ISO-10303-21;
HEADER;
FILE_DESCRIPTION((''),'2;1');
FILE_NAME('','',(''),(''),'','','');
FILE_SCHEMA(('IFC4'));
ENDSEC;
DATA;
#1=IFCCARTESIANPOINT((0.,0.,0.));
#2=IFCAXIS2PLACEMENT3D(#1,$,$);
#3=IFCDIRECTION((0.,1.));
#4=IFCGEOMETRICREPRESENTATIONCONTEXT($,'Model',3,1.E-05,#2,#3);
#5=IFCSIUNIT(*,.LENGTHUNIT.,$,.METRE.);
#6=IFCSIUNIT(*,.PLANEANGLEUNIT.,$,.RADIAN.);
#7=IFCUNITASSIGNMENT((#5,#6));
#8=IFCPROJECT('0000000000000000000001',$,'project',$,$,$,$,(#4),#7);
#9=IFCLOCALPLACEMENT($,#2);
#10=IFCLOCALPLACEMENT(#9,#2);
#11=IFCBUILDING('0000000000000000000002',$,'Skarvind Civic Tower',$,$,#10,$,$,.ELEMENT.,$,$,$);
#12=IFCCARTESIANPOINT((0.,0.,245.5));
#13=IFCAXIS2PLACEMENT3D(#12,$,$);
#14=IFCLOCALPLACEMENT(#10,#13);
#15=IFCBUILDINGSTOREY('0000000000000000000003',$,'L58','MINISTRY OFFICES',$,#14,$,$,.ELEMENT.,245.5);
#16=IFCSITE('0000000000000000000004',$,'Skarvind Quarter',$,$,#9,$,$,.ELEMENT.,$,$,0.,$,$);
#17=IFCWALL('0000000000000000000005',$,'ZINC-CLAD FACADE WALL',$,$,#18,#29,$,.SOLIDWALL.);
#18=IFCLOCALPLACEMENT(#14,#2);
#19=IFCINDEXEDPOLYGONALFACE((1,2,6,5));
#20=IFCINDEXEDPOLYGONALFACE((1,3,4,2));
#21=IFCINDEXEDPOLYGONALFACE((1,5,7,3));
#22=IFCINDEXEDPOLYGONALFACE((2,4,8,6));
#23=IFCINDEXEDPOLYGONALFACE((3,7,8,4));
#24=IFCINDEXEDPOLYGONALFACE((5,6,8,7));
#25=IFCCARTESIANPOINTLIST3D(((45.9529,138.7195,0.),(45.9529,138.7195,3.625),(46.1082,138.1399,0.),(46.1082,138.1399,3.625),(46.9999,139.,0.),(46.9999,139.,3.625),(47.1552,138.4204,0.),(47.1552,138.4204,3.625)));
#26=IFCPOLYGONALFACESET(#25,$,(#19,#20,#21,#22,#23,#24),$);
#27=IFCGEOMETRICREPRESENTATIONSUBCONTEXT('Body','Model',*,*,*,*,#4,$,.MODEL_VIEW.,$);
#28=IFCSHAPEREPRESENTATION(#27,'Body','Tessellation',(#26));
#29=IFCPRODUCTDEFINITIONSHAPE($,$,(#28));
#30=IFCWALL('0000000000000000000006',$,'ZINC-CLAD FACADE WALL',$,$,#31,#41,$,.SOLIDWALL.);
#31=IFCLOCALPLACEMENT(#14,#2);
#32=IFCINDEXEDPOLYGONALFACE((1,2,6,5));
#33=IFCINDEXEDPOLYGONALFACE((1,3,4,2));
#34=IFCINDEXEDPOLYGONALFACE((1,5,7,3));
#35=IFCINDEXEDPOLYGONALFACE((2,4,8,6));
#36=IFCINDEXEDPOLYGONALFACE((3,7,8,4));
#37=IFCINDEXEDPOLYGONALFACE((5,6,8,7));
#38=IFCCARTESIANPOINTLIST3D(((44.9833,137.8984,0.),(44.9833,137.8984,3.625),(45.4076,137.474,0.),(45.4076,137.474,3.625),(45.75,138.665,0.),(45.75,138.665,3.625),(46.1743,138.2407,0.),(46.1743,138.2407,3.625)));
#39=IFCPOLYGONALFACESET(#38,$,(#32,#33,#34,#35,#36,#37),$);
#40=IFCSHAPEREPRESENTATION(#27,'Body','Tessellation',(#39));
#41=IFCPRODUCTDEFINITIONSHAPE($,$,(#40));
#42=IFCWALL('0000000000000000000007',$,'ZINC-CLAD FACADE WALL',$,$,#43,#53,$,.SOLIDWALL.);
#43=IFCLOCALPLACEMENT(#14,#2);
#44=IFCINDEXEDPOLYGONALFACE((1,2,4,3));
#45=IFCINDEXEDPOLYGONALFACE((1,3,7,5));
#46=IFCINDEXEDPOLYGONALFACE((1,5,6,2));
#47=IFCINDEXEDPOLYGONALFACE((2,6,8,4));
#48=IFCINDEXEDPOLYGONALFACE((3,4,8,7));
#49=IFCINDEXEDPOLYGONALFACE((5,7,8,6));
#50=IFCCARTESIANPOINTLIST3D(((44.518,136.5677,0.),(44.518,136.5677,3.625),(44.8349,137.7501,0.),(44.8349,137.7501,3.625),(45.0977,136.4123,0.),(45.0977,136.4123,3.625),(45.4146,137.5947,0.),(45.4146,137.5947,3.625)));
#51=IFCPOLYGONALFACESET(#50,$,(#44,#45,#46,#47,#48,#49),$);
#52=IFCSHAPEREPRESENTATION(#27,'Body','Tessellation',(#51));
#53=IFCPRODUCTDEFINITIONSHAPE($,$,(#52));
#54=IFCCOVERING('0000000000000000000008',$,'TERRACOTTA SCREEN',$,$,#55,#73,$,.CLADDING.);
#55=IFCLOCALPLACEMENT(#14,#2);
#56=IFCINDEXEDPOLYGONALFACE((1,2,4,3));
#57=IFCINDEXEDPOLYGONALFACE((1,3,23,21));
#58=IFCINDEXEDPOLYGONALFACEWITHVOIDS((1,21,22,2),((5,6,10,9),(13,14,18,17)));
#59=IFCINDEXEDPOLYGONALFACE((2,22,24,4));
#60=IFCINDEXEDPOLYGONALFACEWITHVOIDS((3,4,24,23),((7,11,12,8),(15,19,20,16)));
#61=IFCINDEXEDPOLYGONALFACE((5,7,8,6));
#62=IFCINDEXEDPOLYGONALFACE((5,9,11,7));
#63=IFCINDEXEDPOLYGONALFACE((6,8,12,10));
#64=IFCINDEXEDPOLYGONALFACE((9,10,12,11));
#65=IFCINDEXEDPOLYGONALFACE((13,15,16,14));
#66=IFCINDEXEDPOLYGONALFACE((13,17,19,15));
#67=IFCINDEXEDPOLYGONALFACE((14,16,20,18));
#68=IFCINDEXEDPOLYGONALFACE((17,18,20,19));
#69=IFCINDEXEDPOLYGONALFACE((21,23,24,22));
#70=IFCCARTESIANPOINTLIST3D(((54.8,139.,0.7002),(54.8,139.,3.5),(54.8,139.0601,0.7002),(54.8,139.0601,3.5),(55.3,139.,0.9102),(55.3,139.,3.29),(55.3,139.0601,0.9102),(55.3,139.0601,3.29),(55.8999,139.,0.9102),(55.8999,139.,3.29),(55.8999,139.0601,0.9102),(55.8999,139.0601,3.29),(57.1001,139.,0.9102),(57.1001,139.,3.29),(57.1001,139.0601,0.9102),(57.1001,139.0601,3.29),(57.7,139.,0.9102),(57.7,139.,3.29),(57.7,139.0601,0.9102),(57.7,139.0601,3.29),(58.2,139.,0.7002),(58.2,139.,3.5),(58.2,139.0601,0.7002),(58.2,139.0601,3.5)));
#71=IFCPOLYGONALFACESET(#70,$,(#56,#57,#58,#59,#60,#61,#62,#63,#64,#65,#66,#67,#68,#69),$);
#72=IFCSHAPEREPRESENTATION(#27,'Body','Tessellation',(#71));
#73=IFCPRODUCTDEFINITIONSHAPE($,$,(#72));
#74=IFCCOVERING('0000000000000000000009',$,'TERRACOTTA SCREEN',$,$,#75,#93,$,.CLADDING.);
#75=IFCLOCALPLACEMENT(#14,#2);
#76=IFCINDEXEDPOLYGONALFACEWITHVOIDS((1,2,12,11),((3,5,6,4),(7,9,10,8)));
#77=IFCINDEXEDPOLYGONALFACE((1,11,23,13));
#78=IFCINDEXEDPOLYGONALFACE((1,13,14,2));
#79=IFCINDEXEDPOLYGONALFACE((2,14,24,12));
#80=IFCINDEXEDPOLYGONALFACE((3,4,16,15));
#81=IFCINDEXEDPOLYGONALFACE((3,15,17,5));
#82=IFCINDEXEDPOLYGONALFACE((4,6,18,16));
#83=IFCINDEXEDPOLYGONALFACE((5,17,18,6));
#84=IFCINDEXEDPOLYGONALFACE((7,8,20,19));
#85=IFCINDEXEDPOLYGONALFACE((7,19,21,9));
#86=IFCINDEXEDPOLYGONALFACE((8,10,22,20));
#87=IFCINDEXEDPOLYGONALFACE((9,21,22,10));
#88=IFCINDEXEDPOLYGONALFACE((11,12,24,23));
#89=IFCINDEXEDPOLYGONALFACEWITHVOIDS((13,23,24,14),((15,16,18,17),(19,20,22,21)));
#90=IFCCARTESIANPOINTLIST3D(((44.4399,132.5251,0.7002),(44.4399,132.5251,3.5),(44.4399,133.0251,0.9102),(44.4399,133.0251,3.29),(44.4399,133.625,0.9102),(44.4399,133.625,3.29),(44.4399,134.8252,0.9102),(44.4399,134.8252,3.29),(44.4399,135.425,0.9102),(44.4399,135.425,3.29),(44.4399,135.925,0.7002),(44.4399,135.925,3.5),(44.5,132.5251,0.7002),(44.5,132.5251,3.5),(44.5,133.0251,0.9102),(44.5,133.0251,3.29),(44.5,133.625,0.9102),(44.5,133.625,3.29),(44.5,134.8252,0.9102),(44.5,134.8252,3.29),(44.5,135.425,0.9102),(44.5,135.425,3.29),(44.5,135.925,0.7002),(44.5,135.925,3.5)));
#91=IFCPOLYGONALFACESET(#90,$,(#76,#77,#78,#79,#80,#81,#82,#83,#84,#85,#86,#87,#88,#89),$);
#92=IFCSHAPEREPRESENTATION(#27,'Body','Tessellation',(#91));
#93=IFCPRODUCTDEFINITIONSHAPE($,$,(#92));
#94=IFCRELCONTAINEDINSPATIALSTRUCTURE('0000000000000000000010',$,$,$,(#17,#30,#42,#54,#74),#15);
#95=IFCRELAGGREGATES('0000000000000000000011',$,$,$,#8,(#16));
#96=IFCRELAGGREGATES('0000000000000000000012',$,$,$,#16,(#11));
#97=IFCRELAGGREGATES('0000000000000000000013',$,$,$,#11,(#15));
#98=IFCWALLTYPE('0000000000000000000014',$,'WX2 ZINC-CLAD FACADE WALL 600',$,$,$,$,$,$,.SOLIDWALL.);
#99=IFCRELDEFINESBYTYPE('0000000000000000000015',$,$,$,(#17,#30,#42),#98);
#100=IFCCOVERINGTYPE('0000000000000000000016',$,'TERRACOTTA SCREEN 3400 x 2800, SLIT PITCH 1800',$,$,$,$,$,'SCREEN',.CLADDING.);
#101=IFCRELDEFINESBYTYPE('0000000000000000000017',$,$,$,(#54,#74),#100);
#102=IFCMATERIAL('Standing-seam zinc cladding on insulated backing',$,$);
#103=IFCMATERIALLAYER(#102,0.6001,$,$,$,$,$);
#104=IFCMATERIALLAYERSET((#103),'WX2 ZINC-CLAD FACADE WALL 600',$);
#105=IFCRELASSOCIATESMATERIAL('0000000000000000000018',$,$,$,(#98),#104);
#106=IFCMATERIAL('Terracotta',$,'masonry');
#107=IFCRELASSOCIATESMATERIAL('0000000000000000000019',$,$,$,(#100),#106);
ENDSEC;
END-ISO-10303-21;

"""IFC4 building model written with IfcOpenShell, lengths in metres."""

from ifc_helpers import new_model, si_unit, direction, frame, frame_2d, origin, place, context, subcontext, project, spatial, polyline, rectangle, outline, extrude, material, layer, layer_set, material_profile, profile_set, type_object, element, save


model = new_model("IFC4")

# Units and contexts
model_context = context("Model", 3, precision=1e-05, world=origin(), true_north=direction((0.0, 1.0)))
body_context = subcontext(model_context, "Body", "Model", "MODEL_VIEW")
ifc_project = project(units=[si_unit("LENGTHUNIT", "METRE"), si_unit("PLANEANGLEUNIT", "RADIAN")], contexts=[model_context])

# Site, building, storey
site_placement = place(None, origin())
site = spatial("IfcSite", under=ifc_project, at=site_placement, Name="Skarvind Quarter", CompositionType="ELEMENT", RefElevation=0.0)
building_placement = place(site_placement, origin())
building = spatial("IfcBuilding", under=site, at=building_placement, Name="Skarvind Civic Tower", CompositionType="ELEMENT")
storey_placement = place(building_placement, frame((0.0, 0.0, 245.5)))
storey = spatial("IfcBuildingStorey", under=building, at=storey_placement, Name="L58", Description="MINISTRY OFFICES", CompositionType="ELEMENT", Elevation=245.5)

# Shared definitions
ifc_material_1 = material(Name="Standing-seam zinc cladding on insulated backing")
ifc_layer_1 = layer(ifc_material_1, 0.6001)
ifc_layer_set_1 = layer_set([ifc_layer_1], Name="WX2 ZINC-CLAD FACADE WALL 600")
wall_type_1 = type_object("IfcWallType", Name="WX2 ZINC-CLAD FACADE WALL 600", PredefinedType="SOLIDWALL", material=ifc_layer_set_1)

# Walls
wall_1_placement = place(storey_placement, frame((46.0305, 138.4297, 0.0), z_axis=(0.0, 0.0, 1.0), x_axis=(0.965939, 0.25877, 0.0)))
element("IfcWall", 1, at=wall_1_placement, inside=storey, type_object=wall_type_1, Name="ZINC-CLAD FACADE WALL", PredefinedType="SOLIDWALL", context=body_context, shape_type="SweptSolid", body=[
    extrude(rectangle(XDim=1.084, YDim=0.6001, at=frame_2d((0.542, 0.0))), origin(), (0.0, 0.0, 1.0), 3.625),
])
wall_2_placement = place(storey_placement, frame((45.1956, 137.6863, 0.0), z_axis=(0.0, 0.0, 1.0), x_axis=(0.707107, 0.707107, 0.0)))
element("IfcWall", 2, at=wall_2_placement, inside=storey, type_object=wall_type_1, Name="ZINC-CLAD FACADE WALL", PredefinedType="SOLIDWALL", context=body_context, shape_type="SweptSolid", body=[
    extrude(rectangle(XDim=1.0842, YDim=0.6001, at=frame_2d((0.542, 0.0))), origin(), (0.0, 0.0, 1.0), 3.625),
])
wall_3_placement = place(storey_placement, frame((44.8079, 136.49, 0.0), z_axis=(0.0, 0.0, 1.0), x_axis=(0.258879, 0.96591, 0.0)))
element("IfcWall", 3, at=wall_3_placement, inside=storey, type_object=wall_type_1, Name="ZINC-CLAD FACADE WALL", PredefinedType="SOLIDWALL", context=body_context, shape_type="SweptSolid", body=[
    extrude(rectangle(XDim=1.2241, YDim=0.6001, at=frame_2d((0.6121, 0.0))), origin(), (0.0, 0.0, 1.0), 3.625),
])

# Coverings
ifc_material_2 = material(Name="Terracotta", Category="masonry")
ifc_material_profile_1 = material_profile(ifc_material_2, outline(polyline([(-1.7, -1.3999), (1.7, -1.3999), (1.7, 1.3999), (-1.7, 1.3999), (-1.7, -1.3999)]), holes=[polyline([(-1.2, -1.1899), (-0.6001, -1.1899), (-0.6001, 1.1899), (-1.2, 1.1899), (-1.2, -1.1899)]), polyline([(0.6001, -1.1899), (1.2, -1.1899), (1.2, 1.1899), (0.6001, 1.1899), (0.6001, -1.1899)])]), Name="TERRACOTTA SCREEN 3400 x 2800, SLIT PITCH 1800")
ifc_profile_set_1 = profile_set([ifc_material_profile_1], Name="Terracotta")
covering_type = type_object("IfcCoveringType", Name="TERRACOTTA SCREEN 3400 x 2800, SLIT PITCH 1800", ElementType="SCREEN", PredefinedType="CLADDING", material=ifc_profile_set_1)
for number, where, z_axis, x_axis, name in (
    (4, (56.5, 139.0, 2.1001), (0.0, 1.0, 0.0), (-1.0, 0.0, 0.0), "TERRACOTTA SCREEN"),
    (5, (44.5, 134.2251, 2.1001), (-1.0, 0.0, 0.0), (0.0, -1.0, 0.0), "TERRACOTTA SCREEN"),
):
    element("IfcCovering", number, at=place(storey_placement, frame(where, z_axis=z_axis, x_axis=x_axis)), inside=storey, type_object=covering_type, Name=name, PredefinedType="CLADDING", context=body_context, shape_type="SweptSolid", body=[
        extrude(outline(polyline([(-1.7, -1.3999), (1.7, -1.3999), (1.7, 1.3999), (-1.7, 1.3999), (-1.7, -1.3999)]), holes=[polyline([(-1.2, -1.1899), (-0.6001, -1.1899), (-0.6001, 1.1899), (-1.2, 1.1899), (-1.2, -1.1899)]), polyline([(0.6001, -1.1899), (1.2, -1.1899), (1.2, 1.1899), (0.6001, 1.1899), (0.6001, -1.1899)])]), origin(), (0.0, 0.0, 1.0), 0.0601),
    ])

save(model, "model.ifc")
